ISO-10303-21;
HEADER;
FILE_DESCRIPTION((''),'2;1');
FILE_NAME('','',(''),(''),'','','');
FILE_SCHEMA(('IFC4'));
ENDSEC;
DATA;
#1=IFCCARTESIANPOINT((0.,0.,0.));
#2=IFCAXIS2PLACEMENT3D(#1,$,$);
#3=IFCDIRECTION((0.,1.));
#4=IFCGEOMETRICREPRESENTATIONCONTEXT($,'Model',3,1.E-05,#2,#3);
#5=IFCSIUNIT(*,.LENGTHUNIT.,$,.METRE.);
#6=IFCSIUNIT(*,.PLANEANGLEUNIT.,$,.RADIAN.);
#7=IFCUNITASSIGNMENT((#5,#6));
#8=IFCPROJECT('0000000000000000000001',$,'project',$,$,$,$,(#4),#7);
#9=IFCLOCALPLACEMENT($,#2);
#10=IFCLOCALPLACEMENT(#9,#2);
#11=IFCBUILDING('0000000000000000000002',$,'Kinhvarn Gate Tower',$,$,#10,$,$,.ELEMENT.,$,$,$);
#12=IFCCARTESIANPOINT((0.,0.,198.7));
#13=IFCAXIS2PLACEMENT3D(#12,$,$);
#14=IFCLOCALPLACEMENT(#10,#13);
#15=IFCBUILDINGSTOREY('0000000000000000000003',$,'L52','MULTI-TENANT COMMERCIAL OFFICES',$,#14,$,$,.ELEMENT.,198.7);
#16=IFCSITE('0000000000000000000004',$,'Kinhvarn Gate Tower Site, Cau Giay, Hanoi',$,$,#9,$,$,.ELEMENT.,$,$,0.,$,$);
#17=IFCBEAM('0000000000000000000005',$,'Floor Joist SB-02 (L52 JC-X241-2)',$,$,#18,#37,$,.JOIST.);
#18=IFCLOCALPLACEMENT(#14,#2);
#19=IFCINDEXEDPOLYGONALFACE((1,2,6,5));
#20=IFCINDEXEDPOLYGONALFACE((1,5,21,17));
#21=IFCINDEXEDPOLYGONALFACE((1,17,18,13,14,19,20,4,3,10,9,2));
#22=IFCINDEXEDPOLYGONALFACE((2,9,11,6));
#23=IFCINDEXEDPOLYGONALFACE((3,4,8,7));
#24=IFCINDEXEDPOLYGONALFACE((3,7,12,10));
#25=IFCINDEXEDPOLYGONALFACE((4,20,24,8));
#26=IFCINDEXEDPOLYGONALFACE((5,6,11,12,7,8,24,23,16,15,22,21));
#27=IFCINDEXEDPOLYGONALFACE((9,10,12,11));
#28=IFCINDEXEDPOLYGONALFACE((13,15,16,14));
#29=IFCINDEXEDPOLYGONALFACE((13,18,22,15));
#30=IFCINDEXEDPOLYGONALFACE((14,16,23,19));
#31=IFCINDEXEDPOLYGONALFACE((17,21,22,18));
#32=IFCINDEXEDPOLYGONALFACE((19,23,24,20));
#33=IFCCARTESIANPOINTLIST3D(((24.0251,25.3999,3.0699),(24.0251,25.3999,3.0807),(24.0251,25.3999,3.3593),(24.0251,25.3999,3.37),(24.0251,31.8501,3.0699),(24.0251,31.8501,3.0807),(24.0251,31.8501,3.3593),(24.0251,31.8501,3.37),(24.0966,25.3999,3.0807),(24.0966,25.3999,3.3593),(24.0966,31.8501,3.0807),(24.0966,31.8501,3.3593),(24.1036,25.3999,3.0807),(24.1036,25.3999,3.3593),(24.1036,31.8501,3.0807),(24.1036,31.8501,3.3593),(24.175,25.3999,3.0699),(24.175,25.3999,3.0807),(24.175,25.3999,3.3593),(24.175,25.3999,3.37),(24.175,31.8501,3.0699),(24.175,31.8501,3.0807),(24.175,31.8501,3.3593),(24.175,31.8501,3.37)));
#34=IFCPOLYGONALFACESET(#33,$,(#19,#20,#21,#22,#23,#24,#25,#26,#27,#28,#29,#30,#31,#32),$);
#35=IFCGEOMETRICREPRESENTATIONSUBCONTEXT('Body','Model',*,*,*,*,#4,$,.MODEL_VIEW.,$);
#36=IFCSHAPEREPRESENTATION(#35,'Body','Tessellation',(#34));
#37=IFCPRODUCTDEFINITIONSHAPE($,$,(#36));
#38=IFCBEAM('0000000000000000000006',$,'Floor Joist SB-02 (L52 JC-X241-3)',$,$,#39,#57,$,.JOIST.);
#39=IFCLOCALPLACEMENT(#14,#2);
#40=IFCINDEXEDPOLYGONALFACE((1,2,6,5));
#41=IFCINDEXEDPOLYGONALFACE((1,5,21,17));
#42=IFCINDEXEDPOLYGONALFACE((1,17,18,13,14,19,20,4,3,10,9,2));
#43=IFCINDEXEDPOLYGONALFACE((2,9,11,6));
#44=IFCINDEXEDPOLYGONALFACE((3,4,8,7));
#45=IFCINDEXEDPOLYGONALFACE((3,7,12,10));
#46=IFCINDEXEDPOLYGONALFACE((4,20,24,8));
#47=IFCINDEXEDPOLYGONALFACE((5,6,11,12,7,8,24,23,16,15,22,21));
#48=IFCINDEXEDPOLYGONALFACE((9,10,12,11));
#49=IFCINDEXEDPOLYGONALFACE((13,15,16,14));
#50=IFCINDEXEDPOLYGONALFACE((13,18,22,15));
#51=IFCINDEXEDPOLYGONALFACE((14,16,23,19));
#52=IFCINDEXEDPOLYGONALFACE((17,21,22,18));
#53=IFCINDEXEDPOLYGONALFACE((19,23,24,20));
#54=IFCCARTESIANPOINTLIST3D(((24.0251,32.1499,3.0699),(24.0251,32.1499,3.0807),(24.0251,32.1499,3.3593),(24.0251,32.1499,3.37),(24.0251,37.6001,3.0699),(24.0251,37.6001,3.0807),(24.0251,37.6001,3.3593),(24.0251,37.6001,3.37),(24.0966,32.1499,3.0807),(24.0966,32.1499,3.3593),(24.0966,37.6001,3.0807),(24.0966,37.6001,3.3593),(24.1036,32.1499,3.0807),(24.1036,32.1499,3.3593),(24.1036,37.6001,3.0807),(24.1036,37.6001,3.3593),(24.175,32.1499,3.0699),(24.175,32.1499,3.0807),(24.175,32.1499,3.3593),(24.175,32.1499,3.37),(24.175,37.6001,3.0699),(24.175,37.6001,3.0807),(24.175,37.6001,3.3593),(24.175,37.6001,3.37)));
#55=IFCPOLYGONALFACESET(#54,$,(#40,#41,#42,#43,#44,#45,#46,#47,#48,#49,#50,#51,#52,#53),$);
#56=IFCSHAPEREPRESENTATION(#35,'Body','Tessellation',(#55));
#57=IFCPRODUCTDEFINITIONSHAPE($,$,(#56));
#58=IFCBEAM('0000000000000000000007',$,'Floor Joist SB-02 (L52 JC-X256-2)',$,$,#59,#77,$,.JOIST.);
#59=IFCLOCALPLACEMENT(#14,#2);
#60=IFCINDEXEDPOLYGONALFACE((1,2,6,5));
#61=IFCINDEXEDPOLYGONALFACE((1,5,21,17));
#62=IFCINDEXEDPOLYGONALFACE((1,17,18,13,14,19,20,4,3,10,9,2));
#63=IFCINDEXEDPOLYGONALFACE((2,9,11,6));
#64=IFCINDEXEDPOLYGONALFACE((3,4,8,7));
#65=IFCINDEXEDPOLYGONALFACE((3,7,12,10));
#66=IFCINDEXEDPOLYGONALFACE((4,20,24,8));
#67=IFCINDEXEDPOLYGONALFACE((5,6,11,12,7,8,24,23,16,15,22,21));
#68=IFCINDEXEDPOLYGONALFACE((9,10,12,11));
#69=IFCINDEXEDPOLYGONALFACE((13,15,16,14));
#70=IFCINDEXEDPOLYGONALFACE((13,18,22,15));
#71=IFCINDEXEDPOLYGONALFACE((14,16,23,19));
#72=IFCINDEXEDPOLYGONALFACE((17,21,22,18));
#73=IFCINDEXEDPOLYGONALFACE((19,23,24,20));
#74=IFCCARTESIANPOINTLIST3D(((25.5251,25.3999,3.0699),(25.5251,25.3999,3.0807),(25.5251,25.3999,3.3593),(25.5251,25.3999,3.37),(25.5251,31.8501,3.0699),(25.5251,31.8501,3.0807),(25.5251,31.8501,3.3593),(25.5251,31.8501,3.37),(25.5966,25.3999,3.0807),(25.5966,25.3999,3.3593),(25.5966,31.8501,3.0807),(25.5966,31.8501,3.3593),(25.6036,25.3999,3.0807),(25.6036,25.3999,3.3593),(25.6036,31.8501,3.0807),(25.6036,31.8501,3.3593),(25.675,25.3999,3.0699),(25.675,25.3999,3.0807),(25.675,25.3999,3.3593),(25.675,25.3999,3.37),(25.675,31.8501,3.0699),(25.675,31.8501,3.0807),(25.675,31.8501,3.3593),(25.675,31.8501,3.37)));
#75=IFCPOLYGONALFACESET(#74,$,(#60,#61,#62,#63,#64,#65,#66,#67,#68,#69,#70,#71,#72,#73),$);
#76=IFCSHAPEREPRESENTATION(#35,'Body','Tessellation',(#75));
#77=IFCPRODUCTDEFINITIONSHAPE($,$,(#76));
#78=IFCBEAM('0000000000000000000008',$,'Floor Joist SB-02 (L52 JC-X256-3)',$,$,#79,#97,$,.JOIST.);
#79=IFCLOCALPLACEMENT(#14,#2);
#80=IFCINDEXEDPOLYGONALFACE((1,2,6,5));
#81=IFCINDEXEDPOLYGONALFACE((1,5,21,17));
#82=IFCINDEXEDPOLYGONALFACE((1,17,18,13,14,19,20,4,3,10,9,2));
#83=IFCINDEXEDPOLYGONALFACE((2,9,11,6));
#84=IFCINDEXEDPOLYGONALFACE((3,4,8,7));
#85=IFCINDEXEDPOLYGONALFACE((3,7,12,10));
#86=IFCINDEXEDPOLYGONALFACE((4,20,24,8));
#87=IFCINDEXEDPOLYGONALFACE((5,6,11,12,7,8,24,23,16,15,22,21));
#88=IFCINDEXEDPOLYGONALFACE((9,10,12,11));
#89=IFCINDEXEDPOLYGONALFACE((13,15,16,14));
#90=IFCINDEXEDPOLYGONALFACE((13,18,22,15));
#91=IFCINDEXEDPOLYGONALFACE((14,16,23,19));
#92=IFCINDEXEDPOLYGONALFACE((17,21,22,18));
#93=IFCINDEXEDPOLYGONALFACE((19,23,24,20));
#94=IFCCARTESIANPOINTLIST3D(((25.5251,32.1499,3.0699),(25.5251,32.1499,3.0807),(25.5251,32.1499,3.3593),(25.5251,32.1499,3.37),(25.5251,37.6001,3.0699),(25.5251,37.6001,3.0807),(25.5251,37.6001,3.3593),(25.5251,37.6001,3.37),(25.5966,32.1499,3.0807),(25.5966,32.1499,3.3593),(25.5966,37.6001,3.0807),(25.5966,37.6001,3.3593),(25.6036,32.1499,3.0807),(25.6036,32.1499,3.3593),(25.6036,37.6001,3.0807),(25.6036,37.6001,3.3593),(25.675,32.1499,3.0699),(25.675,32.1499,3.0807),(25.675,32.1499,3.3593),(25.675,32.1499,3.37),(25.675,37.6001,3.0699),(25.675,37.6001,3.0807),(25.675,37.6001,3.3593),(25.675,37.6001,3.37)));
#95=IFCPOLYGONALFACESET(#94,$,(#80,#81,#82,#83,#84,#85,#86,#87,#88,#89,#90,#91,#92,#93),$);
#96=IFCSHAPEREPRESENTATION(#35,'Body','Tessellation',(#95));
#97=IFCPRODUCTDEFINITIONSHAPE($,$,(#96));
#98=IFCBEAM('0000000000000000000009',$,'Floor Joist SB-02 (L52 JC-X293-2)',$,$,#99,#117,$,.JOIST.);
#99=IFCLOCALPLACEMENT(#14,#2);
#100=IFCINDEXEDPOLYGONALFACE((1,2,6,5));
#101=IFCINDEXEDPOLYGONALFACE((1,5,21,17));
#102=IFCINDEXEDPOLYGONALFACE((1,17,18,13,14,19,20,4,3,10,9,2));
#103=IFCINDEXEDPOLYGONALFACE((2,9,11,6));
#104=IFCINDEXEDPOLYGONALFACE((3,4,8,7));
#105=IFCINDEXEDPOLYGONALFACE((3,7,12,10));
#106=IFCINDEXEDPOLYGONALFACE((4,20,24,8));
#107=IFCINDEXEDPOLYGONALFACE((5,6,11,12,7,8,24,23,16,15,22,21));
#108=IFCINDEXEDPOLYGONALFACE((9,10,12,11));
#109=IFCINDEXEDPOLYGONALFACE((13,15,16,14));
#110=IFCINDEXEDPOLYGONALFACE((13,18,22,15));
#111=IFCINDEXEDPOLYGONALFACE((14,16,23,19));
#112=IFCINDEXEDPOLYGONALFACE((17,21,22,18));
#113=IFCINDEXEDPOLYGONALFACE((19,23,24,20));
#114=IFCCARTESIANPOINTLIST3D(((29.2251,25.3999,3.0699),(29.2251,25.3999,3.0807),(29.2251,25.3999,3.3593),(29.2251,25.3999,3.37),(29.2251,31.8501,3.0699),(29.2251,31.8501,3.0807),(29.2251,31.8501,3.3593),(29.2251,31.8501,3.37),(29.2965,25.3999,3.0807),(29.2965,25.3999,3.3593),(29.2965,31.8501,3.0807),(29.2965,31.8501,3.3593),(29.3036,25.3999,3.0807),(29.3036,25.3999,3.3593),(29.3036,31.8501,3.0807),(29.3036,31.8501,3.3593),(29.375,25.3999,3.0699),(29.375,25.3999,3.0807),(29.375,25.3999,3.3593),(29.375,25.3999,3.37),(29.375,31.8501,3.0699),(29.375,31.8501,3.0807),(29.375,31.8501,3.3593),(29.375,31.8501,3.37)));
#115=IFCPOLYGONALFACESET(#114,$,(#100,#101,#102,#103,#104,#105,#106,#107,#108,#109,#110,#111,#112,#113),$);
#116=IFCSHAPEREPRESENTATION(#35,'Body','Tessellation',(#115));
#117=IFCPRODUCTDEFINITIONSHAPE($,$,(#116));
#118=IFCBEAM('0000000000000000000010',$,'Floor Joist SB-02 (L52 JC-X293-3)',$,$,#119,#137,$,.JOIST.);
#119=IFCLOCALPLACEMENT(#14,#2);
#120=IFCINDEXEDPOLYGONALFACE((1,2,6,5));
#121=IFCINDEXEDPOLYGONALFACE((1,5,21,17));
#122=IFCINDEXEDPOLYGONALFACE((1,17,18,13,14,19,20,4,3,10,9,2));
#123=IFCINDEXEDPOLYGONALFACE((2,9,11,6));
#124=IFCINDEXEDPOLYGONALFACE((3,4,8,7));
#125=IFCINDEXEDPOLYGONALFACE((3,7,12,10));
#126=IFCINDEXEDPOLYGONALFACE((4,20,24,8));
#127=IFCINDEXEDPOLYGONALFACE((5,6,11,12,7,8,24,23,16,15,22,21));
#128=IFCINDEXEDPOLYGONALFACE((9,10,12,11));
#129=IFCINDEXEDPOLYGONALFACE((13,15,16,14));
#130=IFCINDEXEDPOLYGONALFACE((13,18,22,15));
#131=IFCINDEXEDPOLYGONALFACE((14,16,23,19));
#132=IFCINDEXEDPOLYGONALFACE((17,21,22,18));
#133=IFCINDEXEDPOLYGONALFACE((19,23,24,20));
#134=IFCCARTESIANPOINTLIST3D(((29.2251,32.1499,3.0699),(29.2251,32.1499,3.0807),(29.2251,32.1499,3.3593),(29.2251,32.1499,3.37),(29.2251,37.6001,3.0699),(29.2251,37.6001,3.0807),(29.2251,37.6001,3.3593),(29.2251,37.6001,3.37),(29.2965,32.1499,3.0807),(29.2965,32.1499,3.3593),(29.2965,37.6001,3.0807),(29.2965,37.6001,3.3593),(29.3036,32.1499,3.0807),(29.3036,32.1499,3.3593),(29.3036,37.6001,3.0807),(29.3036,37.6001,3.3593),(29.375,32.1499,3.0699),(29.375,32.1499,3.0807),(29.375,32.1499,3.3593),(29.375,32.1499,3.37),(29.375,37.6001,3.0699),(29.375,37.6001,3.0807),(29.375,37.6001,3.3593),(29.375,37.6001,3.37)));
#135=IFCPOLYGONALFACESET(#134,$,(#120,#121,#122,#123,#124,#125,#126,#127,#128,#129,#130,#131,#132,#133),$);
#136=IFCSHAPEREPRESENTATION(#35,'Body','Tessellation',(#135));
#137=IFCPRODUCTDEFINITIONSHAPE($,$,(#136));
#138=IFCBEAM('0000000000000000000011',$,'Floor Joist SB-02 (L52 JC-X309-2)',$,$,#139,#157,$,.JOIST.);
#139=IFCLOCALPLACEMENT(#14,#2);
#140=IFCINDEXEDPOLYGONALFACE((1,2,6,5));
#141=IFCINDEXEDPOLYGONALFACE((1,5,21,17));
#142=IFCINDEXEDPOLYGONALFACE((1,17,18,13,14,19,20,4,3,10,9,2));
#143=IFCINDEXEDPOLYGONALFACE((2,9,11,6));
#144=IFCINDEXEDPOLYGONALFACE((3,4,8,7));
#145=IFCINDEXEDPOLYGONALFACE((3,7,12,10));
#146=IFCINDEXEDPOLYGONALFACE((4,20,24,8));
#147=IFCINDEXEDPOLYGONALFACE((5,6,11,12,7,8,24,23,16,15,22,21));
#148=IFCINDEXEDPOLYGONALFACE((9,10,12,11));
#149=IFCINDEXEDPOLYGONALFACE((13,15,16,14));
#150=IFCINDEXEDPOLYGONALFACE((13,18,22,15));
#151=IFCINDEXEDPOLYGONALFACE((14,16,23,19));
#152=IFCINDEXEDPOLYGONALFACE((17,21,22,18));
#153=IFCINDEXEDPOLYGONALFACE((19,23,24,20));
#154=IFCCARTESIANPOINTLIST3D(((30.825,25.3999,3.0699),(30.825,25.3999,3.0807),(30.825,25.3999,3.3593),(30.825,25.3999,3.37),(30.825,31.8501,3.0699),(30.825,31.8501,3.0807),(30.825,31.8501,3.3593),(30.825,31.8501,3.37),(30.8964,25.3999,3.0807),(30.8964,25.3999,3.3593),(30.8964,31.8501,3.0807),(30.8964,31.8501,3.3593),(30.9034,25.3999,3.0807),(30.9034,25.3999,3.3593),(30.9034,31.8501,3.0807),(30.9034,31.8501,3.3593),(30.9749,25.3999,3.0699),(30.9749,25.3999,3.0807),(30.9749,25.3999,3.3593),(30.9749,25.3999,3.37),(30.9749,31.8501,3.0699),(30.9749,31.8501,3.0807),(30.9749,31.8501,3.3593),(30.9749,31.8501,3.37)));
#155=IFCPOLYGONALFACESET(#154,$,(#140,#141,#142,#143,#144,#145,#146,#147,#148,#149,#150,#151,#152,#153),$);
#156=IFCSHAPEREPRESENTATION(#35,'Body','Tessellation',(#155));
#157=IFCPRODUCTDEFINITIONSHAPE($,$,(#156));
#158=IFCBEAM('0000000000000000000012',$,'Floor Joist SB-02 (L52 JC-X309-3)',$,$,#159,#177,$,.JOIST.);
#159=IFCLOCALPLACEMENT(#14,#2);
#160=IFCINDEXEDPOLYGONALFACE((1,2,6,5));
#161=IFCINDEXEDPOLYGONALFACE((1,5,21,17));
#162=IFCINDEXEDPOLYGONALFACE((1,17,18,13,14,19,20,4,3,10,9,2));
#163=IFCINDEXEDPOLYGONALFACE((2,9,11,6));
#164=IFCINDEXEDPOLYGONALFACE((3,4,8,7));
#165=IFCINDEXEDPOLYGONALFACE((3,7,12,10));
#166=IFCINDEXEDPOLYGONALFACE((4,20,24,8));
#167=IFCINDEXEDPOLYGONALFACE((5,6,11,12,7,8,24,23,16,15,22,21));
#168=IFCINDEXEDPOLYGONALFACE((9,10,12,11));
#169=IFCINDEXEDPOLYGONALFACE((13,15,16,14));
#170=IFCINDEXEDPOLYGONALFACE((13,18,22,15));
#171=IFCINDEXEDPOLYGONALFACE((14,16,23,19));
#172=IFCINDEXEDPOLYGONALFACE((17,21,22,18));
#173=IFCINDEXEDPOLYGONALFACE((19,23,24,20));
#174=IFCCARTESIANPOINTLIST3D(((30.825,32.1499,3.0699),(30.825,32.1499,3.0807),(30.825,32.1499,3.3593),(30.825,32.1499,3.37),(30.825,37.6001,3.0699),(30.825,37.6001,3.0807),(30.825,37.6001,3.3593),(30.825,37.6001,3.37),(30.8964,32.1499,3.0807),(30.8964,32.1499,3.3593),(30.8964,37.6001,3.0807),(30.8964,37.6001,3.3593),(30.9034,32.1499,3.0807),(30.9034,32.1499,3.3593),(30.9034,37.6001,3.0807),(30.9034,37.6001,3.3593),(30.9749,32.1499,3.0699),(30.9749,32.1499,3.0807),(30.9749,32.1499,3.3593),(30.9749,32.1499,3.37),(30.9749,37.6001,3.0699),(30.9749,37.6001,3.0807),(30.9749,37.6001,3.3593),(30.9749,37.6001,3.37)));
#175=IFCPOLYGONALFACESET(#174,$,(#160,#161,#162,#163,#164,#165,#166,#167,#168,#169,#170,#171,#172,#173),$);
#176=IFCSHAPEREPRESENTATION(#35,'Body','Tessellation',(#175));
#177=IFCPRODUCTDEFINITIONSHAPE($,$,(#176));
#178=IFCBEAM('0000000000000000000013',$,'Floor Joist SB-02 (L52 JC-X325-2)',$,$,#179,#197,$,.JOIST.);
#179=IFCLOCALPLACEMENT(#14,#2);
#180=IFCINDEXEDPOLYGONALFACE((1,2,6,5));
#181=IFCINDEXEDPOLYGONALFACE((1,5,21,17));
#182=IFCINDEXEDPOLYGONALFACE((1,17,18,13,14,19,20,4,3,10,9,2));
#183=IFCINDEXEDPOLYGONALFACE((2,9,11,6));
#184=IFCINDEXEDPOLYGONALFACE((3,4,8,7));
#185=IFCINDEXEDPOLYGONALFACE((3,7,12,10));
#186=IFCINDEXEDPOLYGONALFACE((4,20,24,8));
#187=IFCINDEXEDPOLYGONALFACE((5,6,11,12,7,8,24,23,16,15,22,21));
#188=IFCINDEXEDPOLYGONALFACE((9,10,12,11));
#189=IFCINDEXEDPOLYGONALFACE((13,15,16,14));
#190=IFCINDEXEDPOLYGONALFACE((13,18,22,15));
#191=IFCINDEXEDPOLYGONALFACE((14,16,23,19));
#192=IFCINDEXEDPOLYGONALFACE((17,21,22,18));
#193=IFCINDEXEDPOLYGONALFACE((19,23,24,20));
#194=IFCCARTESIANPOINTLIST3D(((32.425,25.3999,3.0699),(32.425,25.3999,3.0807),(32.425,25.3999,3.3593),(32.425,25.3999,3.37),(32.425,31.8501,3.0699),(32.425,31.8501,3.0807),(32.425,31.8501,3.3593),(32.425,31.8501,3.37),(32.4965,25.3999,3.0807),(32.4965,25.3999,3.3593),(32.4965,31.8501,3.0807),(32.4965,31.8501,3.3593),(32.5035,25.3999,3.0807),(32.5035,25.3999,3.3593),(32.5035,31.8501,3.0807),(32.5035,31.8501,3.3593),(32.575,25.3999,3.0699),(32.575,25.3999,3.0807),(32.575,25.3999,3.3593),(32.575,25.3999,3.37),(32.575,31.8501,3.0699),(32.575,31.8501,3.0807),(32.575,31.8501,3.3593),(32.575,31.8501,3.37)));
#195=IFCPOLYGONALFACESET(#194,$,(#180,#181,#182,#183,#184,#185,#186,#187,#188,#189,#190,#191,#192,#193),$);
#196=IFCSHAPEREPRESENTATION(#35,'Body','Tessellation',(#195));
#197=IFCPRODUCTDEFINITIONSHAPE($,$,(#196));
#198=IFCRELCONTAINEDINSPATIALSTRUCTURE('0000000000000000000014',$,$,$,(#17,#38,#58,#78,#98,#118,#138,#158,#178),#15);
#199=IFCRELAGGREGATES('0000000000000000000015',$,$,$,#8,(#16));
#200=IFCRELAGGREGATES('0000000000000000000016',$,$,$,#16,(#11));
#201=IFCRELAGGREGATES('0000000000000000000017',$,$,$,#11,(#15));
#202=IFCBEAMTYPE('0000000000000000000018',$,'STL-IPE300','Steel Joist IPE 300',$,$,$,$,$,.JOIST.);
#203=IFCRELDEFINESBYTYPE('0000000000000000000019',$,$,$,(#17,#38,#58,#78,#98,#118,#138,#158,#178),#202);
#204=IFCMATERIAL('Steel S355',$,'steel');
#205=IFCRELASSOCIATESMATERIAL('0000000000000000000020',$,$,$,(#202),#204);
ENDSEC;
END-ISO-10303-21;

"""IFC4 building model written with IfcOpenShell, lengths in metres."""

from ifc_helpers import new_model, si_unit, direction, frame, origin, origin_2d, place, context, subcontext, project, spatial, i_section, extrude, material, material_profile, profile_set, type_object, element, save


model = new_model("IFC4")

# Units and contexts
model_context = context("Model", 3, precision=1e-05, world=origin(), true_north=direction((0.0, 1.0)))
body_context = subcontext(model_context, "Body", "Model", "MODEL_VIEW")
ifc_project = project(units=[si_unit("LENGTHUNIT", "METRE"), si_unit("PLANEANGLEUNIT", "RADIAN")], contexts=[model_context])

# Site, building, storey
site_placement = place(None, origin())
site = spatial("IfcSite", under=ifc_project, at=site_placement, Name="Kinhvarn Gate Tower Site, Cau Giay, Hanoi", CompositionType="ELEMENT", RefElevation=0.0)
building_placement = place(site_placement, origin())
building = spatial("IfcBuilding", under=site, at=building_placement, Name="Kinhvarn Gate Tower", CompositionType="ELEMENT")
storey_placement = place(building_placement, frame((0.0, 0.0, 198.7)))
storey = spatial("IfcBuildingStorey", under=building, at=storey_placement, Name="L52", Description="MULTI-TENANT COMMERCIAL OFFICES", CompositionType="ELEMENT", Elevation=198.7)

# Beams
ifc_material_1 = material(Name="Steel S355", Category="steel")
ifc_material_profile = material_profile(ifc_material_1, i_section(OverallWidth=0.1499, OverallDepth=0.3, WebThickness=0.0071, FlangeThickness=0.0107, at=origin_2d()), Name="IPE 300")
ifc_profile_set = profile_set([ifc_material_profile], Name="Steel S355")
beam_type = type_object("IfcBeamType", Name="STL-IPE300", Description="Steel Joist IPE 300", PredefinedType="JOIST", material=ifc_profile_set)
beam_1_placement = place(storey_placement, frame((24.1001, 25.3999, 3.22), z_axis=(0.0, 1.0, 0.0), x_axis=(-1.0, 0.0, 0.0)))
element("IfcBeam", 1, at=beam_1_placement, inside=storey, type_object=beam_type, Name="Floor Joist SB-02 (L52 JC-X241-2)", PredefinedType="JOIST", context=body_context, shape_type="SweptSolid", body=[
    extrude(i_section(OverallWidth=0.1499, OverallDepth=0.3, WebThickness=0.0071, FlangeThickness=0.0107, at=origin_2d()), origin(), (0.0, 0.0, 1.0), 6.4502),
])
beam_2_placement = place(storey_placement, frame((24.1001, 32.1499, 3.22), z_axis=(0.0, 1.0, 0.0), x_axis=(-1.0, 0.0, 0.0)))
element("IfcBeam", 2, at=beam_2_placement, inside=storey, type_object=beam_type, Name="Floor Joist SB-02 (L52 JC-X241-3)", PredefinedType="JOIST", context=body_context, shape_type="SweptSolid", body=[
    extrude(i_section(OverallWidth=0.1499, OverallDepth=0.3, WebThickness=0.0071, FlangeThickness=0.0107, at=origin_2d()), origin(), (0.0, 0.0, 1.0), 5.4502),
])
beam_3_placement = place(storey_placement, frame((25.6001, 25.3999, 3.22), z_axis=(0.0, 1.0, 0.0), x_axis=(-1.0, 0.0, 0.0)))
element("IfcBeam", 3, at=beam_3_placement, inside=storey, type_object=beam_type, Name="Floor Joist SB-02 (L52 JC-X256-2)", PredefinedType="JOIST", context=body_context, shape_type="SweptSolid", body=[
    extrude(i_section(OverallWidth=0.1499, OverallDepth=0.3, WebThickness=0.0071, FlangeThickness=0.0107, at=origin_2d()), origin(), (0.0, 0.0, 1.0), 6.4502),
])
beam_4_placement = place(storey_placement, frame((25.6001, 32.1499, 3.22), z_axis=(0.0, 1.0, 0.0), x_axis=(-1.0, 0.0, 0.0)))
element("IfcBeam", 4, at=beam_4_placement, inside=storey, type_object=beam_type, Name="Floor Joist SB-02 (L52 JC-X256-3)", PredefinedType="JOIST", context=body_context, shape_type="SweptSolid", body=[
    extrude(i_section(OverallWidth=0.1499, OverallDepth=0.3, WebThickness=0.0071, FlangeThickness=0.0107, at=origin_2d()), origin(), (0.0, 0.0, 1.0), 5.4502),
])
beam_5_placement = place(storey_placement, frame((29.3, 25.3999, 3.22), z_axis=(0.0, 1.0, 0.0), x_axis=(-1.0, 0.0, 0.0)))
element("IfcBeam", 5, at=beam_5_placement, inside=storey, type_object=beam_type, Name="Floor Joist SB-02 (L52 JC-X293-2)", PredefinedType="JOIST", context=body_context, shape_type="SweptSolid", body=[
    extrude(i_section(OverallWidth=0.1499, OverallDepth=0.3, WebThickness=0.0071, FlangeThickness=0.0107, at=origin_2d()), origin(), (0.0, 0.0, 1.0), 6.4502),
])
beam_6_placement = place(storey_placement, frame((29.3, 32.1499, 3.22), z_axis=(0.0, 1.0, 0.0), x_axis=(-1.0, 0.0, 0.0)))
element("IfcBeam", 6, at=beam_6_placement, inside=storey, type_object=beam_type, Name="Floor Joist SB-02 (L52 JC-X293-3)", PredefinedType="JOIST", context=body_context, shape_type="SweptSolid", body=[
    extrude(i_section(OverallWidth=0.1499, OverallDepth=0.3, WebThickness=0.0071, FlangeThickness=0.0107, at=origin_2d()), origin(), (0.0, 0.0, 1.0), 5.4502),
])
beam_7_placement = place(storey_placement, frame((30.8999, 25.3999, 3.22), z_axis=(0.0, 1.0, 0.0), x_axis=(-1.0, 0.0, 0.0)))
element("IfcBeam", 7, at=beam_7_placement, inside=storey, type_object=beam_type, Name="Floor Joist SB-02 (L52 JC-X309-2)", PredefinedType="JOIST", context=body_context, shape_type="SweptSolid", body=[
    extrude(i_section(OverallWidth=0.1499, OverallDepth=0.3, WebThickness=0.0071, FlangeThickness=0.0107, at=origin_2d()), origin(), (0.0, 0.0, 1.0), 6.4502),
])
beam_8_placement = place(storey_placement, frame((30.8999, 32.1499, 3.22), z_axis=(0.0, 1.0, 0.0), x_axis=(-1.0, 0.0, 0.0)))
element("IfcBeam", 8, at=beam_8_placement, inside=storey, type_object=beam_type, Name="Floor Joist SB-02 (L52 JC-X309-3)", PredefinedType="JOIST", context=body_context, shape_type="SweptSolid", body=[
    extrude(i_section(OverallWidth=0.1499, OverallDepth=0.3, WebThickness=0.0071, FlangeThickness=0.0107, at=origin_2d()), origin(), (0.0, 0.0, 1.0), 5.4502),
])
beam_9_placement = place(storey_placement, frame((32.5, 25.3999, 3.22), z_axis=(0.0, 1.0, 0.0), x_axis=(-1.0, 0.0, 0.0)))
element("IfcBeam", 9, at=beam_9_placement, inside=storey, type_object=beam_type, Name="Floor Joist SB-02 (L52 JC-X325-2)", PredefinedType="JOIST", context=body_context, shape_type="SweptSolid", body=[
    extrude(i_section(OverallWidth=0.1499, OverallDepth=0.3, WebThickness=0.0071, FlangeThickness=0.0107, at=origin_2d()), origin(), (0.0, 0.0, 1.0), 6.4502),
])

save(model, "model.ifc")
